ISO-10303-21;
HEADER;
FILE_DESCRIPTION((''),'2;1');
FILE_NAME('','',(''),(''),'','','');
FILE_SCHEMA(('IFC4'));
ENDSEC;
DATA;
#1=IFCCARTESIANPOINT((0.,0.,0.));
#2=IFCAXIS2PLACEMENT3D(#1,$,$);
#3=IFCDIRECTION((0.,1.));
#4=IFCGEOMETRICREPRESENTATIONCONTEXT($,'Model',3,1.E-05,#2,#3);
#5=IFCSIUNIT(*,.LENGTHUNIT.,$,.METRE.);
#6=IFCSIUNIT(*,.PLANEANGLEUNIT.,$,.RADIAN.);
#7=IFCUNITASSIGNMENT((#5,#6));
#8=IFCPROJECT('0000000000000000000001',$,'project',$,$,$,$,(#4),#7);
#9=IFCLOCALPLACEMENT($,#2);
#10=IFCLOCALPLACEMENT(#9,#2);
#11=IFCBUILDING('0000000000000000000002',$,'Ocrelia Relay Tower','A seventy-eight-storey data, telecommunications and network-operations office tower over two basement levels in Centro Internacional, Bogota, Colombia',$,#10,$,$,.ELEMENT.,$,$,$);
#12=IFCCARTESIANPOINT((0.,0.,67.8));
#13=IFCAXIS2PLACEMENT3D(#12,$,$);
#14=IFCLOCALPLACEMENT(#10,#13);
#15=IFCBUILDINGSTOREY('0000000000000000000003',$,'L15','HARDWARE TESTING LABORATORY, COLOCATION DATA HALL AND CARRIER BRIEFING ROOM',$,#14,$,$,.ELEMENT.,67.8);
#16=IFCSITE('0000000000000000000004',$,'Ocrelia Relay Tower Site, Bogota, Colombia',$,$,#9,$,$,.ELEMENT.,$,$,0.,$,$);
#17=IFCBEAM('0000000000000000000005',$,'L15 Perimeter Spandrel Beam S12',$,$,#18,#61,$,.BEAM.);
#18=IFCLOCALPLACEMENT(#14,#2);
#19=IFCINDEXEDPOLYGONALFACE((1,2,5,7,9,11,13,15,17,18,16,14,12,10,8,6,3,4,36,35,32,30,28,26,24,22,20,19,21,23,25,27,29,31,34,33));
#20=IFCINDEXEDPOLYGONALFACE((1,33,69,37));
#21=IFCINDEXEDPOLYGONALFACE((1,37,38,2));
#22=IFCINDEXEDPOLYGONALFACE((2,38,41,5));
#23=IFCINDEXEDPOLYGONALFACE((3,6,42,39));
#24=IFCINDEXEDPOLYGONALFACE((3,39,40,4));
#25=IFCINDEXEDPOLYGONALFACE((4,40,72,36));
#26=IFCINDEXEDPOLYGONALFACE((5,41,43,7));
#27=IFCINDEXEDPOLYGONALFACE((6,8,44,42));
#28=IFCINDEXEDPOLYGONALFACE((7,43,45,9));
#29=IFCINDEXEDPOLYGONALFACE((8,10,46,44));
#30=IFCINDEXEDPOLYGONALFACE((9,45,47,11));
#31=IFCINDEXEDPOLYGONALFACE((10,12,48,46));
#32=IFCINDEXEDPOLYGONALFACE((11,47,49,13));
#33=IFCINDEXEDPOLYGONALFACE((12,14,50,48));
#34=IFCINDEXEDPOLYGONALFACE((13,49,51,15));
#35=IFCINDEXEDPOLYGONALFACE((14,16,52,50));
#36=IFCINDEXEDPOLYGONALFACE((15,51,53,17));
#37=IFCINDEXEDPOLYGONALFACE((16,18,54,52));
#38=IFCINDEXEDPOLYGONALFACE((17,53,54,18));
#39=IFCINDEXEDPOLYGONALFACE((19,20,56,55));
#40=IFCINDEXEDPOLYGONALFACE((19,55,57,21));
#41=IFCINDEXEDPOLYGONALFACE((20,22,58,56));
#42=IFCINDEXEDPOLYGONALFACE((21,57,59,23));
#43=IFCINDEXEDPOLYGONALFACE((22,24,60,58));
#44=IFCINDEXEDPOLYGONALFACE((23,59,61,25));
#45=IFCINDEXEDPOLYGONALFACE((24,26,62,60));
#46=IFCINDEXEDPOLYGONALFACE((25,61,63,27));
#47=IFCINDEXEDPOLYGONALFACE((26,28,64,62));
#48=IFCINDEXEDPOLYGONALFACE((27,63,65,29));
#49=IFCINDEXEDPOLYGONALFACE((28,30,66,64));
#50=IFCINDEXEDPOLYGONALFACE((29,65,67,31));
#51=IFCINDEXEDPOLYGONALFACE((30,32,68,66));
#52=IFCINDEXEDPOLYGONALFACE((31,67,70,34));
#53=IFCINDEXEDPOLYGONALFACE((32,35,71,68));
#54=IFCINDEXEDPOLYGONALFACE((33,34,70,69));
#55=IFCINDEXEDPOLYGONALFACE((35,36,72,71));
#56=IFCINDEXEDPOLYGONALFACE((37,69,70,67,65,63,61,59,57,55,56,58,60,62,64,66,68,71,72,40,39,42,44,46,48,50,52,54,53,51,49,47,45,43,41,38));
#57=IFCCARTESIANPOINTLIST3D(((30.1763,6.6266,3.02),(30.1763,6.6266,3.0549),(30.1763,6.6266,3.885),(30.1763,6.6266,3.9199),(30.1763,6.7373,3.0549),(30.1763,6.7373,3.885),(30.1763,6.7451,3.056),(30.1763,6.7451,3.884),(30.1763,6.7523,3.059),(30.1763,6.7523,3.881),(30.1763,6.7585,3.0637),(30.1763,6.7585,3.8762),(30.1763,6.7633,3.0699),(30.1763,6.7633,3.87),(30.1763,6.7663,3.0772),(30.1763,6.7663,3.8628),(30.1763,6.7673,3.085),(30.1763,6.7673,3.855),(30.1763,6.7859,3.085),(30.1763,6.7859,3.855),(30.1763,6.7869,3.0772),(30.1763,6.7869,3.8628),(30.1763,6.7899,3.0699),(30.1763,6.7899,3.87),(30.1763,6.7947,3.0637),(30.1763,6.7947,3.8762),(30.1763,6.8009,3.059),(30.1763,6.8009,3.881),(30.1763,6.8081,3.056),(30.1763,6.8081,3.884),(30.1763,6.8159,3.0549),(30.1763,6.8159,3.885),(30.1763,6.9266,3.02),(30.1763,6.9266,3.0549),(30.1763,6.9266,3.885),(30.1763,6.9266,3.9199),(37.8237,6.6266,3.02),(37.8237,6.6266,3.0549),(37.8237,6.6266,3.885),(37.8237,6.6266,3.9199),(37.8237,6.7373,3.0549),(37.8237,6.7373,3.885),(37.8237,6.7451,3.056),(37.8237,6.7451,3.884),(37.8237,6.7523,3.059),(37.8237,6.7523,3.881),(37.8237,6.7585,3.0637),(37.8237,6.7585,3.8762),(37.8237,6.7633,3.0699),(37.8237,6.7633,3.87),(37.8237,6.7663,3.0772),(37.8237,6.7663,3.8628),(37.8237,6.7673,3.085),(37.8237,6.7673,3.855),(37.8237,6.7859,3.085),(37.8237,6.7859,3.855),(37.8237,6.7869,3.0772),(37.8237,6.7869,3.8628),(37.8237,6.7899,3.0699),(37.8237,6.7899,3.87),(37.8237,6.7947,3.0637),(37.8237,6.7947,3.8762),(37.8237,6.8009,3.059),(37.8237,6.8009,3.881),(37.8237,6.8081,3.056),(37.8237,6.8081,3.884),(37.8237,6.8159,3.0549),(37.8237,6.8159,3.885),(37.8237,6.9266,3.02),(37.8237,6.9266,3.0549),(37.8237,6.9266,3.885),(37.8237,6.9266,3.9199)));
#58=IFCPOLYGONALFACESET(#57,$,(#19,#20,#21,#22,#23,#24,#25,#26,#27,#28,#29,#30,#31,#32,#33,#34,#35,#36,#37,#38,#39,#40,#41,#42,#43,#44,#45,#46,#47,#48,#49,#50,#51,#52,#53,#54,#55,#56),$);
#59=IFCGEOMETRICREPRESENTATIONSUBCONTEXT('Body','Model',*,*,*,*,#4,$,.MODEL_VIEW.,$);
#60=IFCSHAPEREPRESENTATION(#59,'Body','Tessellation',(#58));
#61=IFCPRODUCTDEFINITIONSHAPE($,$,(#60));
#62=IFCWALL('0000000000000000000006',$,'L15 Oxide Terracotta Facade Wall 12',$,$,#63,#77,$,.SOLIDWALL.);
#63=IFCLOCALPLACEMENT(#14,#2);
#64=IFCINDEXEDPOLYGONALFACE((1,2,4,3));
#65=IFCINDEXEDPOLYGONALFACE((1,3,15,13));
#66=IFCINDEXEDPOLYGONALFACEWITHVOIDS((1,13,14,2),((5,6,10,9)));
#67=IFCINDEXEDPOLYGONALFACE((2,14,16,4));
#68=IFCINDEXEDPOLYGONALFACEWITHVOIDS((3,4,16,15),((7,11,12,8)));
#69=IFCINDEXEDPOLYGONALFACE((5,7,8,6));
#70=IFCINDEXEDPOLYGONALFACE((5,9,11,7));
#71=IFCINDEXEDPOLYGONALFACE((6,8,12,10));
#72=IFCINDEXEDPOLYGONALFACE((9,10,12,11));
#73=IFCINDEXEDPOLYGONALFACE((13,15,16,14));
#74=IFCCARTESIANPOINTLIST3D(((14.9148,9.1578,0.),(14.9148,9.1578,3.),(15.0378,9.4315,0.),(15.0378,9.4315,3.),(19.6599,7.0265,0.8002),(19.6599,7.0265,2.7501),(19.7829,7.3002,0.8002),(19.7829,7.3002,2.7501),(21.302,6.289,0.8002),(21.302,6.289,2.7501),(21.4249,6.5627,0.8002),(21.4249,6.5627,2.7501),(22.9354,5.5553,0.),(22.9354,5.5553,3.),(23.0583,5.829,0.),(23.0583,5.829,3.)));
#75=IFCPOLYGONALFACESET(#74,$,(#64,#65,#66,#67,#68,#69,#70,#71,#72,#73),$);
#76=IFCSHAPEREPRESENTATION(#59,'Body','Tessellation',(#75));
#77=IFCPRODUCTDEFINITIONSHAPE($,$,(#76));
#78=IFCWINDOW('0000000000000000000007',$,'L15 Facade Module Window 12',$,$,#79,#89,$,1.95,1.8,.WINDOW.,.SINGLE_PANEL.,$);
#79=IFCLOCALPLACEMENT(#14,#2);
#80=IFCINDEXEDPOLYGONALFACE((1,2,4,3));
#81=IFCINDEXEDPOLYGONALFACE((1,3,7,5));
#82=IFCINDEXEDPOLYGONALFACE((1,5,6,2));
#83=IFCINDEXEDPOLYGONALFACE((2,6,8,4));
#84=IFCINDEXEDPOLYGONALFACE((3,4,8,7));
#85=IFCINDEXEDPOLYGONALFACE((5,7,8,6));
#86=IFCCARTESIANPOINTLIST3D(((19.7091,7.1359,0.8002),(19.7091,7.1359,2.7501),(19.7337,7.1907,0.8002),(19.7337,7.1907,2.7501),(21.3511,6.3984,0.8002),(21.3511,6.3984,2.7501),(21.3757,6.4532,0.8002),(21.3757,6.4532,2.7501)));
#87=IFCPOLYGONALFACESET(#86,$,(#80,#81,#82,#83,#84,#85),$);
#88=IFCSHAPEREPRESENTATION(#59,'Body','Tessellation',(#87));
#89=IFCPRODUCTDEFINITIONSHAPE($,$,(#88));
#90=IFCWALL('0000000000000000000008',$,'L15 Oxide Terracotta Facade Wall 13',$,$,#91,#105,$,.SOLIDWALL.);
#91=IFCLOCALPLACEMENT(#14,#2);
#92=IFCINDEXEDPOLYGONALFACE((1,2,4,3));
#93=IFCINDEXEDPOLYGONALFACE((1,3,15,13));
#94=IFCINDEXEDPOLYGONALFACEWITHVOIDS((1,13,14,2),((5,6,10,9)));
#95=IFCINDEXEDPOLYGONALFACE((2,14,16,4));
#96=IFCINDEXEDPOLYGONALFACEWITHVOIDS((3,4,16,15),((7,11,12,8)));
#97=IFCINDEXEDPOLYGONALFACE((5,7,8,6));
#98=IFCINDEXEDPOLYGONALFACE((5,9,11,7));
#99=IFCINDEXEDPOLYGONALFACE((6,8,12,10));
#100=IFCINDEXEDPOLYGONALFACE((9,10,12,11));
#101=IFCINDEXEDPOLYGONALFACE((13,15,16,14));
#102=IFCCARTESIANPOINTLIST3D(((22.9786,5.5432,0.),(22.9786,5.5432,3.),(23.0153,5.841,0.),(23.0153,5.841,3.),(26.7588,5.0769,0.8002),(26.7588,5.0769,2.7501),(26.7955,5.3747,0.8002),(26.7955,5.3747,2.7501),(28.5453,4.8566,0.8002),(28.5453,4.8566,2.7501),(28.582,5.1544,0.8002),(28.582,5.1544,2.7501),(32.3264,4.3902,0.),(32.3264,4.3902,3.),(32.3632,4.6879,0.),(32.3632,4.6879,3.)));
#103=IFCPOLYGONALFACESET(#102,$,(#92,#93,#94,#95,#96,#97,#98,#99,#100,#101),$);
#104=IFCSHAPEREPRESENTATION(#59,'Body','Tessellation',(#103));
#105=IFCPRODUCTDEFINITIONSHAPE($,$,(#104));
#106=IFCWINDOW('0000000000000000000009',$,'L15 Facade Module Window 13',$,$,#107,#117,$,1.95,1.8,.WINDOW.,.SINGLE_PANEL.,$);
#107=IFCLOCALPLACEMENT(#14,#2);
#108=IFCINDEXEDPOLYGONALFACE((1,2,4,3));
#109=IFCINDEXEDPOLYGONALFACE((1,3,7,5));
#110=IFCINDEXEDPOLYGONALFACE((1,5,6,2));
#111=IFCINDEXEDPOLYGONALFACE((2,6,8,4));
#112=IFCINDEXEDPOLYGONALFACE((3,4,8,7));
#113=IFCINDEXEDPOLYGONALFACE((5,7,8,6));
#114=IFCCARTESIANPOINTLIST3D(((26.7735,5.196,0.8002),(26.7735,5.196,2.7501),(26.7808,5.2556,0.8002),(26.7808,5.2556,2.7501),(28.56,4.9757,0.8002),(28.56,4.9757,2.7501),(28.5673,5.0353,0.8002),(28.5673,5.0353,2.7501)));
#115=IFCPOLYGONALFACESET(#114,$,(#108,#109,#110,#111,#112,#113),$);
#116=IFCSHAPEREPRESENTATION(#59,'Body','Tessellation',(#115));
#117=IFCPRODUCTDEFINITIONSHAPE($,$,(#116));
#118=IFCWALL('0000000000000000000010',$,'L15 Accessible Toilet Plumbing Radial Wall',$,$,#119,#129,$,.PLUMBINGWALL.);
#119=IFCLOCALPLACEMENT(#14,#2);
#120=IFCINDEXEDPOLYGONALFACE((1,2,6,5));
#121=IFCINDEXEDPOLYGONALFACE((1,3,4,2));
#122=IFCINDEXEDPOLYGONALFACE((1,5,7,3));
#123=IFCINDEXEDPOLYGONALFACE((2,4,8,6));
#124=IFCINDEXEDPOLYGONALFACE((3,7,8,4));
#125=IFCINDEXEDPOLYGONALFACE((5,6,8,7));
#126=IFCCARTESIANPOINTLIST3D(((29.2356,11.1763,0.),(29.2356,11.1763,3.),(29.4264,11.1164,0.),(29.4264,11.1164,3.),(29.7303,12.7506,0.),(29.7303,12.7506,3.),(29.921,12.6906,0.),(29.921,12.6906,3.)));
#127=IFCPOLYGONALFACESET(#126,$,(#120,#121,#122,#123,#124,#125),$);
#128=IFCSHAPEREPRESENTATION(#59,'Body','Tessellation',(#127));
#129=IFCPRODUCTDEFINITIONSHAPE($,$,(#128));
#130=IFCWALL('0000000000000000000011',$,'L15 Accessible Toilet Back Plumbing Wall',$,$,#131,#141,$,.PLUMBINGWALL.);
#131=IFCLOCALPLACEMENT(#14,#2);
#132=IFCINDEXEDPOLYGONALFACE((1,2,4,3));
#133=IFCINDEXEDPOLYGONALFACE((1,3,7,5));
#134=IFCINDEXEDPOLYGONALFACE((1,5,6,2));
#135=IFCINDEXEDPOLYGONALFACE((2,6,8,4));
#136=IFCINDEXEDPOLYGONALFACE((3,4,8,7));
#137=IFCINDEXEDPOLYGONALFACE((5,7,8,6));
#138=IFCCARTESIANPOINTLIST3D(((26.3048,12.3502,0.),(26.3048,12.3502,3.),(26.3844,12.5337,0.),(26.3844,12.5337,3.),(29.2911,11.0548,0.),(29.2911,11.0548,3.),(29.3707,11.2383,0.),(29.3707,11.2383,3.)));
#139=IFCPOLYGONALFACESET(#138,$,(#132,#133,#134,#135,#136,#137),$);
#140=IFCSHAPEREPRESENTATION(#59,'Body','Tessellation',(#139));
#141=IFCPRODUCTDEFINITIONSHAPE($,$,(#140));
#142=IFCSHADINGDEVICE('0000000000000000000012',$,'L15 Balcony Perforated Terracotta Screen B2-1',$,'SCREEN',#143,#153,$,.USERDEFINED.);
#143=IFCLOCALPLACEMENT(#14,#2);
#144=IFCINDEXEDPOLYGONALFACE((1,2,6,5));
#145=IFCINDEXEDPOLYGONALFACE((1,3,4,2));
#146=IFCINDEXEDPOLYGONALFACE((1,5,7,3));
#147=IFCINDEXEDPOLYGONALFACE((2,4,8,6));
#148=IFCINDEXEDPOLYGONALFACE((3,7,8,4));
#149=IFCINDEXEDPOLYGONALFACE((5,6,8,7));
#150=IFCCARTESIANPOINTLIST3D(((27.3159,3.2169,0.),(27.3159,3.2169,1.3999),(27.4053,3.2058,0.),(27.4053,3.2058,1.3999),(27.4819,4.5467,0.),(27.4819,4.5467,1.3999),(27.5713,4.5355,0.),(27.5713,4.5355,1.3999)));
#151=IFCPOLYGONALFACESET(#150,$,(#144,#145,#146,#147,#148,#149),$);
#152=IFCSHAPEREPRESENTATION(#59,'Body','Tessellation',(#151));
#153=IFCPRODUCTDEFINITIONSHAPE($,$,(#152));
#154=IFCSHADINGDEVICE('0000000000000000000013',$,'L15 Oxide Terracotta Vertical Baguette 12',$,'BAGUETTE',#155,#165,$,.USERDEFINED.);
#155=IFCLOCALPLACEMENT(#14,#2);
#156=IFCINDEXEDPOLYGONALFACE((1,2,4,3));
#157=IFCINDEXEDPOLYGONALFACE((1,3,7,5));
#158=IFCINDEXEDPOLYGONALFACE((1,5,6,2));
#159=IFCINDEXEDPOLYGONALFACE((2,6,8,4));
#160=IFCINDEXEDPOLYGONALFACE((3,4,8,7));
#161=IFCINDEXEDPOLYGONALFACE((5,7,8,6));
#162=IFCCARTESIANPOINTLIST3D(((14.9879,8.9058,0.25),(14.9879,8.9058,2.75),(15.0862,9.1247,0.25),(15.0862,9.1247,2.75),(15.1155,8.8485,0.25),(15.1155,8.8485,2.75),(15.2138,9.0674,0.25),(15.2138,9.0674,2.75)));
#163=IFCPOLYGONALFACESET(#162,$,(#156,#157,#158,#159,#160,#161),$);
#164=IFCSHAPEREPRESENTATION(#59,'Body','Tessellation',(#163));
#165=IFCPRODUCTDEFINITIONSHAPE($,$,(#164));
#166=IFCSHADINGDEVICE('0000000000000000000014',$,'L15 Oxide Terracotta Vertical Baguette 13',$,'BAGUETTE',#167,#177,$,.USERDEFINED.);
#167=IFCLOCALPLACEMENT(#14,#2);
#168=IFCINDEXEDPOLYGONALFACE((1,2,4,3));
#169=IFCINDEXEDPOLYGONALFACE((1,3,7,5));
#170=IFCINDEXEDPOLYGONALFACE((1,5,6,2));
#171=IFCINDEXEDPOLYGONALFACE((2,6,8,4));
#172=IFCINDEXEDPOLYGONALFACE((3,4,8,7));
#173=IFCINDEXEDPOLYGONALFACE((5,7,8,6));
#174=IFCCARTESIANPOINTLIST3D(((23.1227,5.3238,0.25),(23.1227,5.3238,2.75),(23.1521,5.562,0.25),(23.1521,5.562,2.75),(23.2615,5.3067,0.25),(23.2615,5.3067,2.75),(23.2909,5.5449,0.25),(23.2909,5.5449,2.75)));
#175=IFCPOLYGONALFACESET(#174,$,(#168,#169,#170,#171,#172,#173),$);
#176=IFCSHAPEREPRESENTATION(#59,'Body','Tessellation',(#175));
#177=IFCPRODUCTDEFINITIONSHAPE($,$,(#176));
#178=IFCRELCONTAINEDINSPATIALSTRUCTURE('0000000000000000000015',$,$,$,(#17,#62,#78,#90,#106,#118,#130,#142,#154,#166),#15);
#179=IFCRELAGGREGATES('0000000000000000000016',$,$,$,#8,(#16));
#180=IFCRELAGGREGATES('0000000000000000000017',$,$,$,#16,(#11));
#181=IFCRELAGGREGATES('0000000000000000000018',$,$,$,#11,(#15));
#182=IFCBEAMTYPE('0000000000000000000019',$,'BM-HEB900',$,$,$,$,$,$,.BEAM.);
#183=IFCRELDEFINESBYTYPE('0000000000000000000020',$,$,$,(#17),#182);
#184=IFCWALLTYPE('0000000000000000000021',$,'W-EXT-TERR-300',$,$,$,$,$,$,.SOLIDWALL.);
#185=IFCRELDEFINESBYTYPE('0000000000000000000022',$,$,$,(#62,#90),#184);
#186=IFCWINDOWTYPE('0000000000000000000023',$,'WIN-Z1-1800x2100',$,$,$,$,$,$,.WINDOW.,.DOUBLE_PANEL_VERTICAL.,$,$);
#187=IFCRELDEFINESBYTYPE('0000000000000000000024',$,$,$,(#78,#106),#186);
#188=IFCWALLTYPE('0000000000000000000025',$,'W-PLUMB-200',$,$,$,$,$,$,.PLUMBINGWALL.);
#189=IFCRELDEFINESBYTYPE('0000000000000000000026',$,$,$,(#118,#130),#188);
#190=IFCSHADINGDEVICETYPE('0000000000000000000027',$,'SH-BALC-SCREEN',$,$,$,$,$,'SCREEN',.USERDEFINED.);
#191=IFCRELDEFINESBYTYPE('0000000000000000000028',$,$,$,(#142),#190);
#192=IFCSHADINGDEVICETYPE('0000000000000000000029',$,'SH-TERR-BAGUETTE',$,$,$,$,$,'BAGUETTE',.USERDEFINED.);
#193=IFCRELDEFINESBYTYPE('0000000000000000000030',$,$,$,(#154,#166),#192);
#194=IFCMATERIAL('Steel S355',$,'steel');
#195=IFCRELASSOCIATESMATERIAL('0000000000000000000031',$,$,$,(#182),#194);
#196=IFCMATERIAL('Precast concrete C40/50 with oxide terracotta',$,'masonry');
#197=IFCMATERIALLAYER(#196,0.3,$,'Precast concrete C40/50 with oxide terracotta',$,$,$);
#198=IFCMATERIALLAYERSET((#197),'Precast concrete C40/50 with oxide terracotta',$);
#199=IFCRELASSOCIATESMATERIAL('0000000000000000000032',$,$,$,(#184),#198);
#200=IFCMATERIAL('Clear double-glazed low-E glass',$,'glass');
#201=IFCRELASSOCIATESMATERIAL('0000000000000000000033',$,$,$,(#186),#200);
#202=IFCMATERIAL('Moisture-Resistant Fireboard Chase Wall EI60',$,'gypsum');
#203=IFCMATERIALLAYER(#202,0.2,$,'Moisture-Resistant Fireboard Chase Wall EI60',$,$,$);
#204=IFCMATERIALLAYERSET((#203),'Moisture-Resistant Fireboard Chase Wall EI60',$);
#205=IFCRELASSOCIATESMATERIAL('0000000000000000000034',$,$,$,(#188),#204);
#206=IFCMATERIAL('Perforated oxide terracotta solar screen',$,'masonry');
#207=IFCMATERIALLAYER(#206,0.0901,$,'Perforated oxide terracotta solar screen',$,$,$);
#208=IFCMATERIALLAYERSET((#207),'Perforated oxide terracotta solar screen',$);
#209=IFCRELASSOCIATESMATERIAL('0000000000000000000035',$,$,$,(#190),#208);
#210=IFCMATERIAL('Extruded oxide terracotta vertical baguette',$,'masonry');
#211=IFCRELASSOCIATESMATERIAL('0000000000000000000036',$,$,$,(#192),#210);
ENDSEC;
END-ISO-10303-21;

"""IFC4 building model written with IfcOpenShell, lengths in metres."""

from ifc_helpers import new_model, si_unit, direction, frame, frame_2d, origin, origin_2d, place, context, subcontext, project, spatial, rectangle, i_section, extrude, material, layer, layer_set, material_profile, profile_set, type_object, element, fill, save


model = new_model("IFC4")

# Units and contexts
model_context = context("Model", 3, precision=1e-05, world=origin(), true_north=direction((0.0, 1.0)))
body_context = subcontext(model_context, "Body", "Model", "MODEL_VIEW")
ifc_project = project(units=[si_unit("LENGTHUNIT", "METRE"), si_unit("PLANEANGLEUNIT", "RADIAN")], contexts=[model_context])

# Site, building, storey
site_placement = place(None, origin())
site = spatial("IfcSite", under=ifc_project, at=site_placement, Name="Ocrelia Relay Tower Site, Bogota, Colombia", CompositionType="ELEMENT", RefElevation=0.0)
building_placement = place(site_placement, origin())
building = spatial("IfcBuilding", under=site, at=building_placement, Name="Ocrelia Relay Tower", Description="A seventy-eight-storey data, telecommunications and network-operations office tower over two basement levels in Centro Internacional, Bogota, Colombia", CompositionType="ELEMENT")
storey_placement = place(building_placement, frame((0.0, 0.0, 67.8)))
storey = spatial("IfcBuildingStorey", under=building, at=storey_placement, Name="L15", Description="HARDWARE TESTING LABORATORY, COLOCATION DATA HALL AND CARRIER BRIEFING ROOM", CompositionType="ELEMENT", Elevation=67.8)

# Beam
ifc_material_1 = material(Name="Steel S355", Category="steel")
ifc_material_profile_1 = material_profile(ifc_material_1, i_section(OverallWidth=0.3, OverallDepth=0.8999, WebThickness=0.0186, FlangeThickness=0.0349, FilletRadius=0.03, at=origin_2d()), Name="HEB 900")
ifc_profile_set_1 = profile_set([ifc_material_profile_1], Name="Steel S355")
beam_type_1 = type_object("IfcBeamType", Name="BM-HEB900", PredefinedType="BEAM", material=ifc_profile_set_1)
for number, where, z_axis, x_axis, name in (
    (1, (30.1763, 6.7766, 3.47), (1.0, 0.0, 0.0), (0.0, 1.0, 0.0), "L15 Perimeter Spandrel Beam S12"),
):
    element("IfcBeam", number, at=place(storey_placement, frame(where, z_axis=z_axis, x_axis=x_axis)), inside=storey, type_object=beam_type_1, Name=name, PredefinedType="BEAM", context=body_context, shape_type="SweptSolid", body=[
        extrude(i_section(OverallWidth=0.3, OverallDepth=0.8999, WebThickness=0.0186, FlangeThickness=0.0349, FilletRadius=0.03, at=origin_2d()), origin(), (0.0, 0.0, 1.0), 7.6475),
    ])

# Walls, openings, windows
ifc_material_2 = material(Name="Precast concrete C40/50 with oxide terracotta", Category="masonry")
ifc_layer_1 = layer(ifc_material_2, 0.3, Name="Precast concrete C40/50 with oxide terracotta")
ifc_layer_set_1 = layer_set([ifc_layer_1], Name="Precast concrete C40/50 with oxide terracotta")
wall_type_1 = type_object("IfcWallType", Name="W-EXT-TERR-300", PredefinedType="SOLIDWALL", material=ifc_layer_set_1)
wall_1_placement = place(storey_placement, frame((14.9763, 9.2947, 0.0), z_axis=(0.0, 0.0, 1.0), x_axis=(0.912206, -0.409732, 0.0)))
wall_1 = element("IfcWall", 2, at=wall_1_placement, inside=storey, type_object=wall_type_1, Name="L15 Oxide Terracotta Facade Wall 12", PredefinedType="SOLIDWALL", context=body_context, shape_type="SweptSolid", body=[
    extrude(rectangle(XDim=8.7925, YDim=0.3, at=frame_2d((4.3962, 0.0))), origin(), (0.0, 0.0, 1.0), 3.0),
])
opening_1_placement = place(wall_1_placement, frame((5.2019, 0.0, 0.8)))
opening_1 = element("IfcOpeningElement", 3, at=opening_1_placement, cuts=wall_1, PredefinedType="OPENING", context=body_context, shape_type="SweptSolid", body=[
    extrude(rectangle(XDim=1.8, YDim=1.95, at=frame_2d((0.8999, 0.9751))), frame((0.0, 0.1602, 0.0), z_axis=(0.0, -1.0, 0.0), x_axis=(1.0, 0.0, 0.0)), (0.0, 0.0, 1.0), 0.3201),
])
ifc_material_3 = material(Name="Clear double-glazed low-E glass", Category="glass")
window_type = type_object("IfcWindowType", Name="WIN-Z1-1800x2100", PartitioningType="DOUBLE_PANEL_VERTICAL", PredefinedType="WINDOW", material=ifc_material_3)
window_1_placement = place(opening_1_placement, origin())
window_1 = element("IfcWindow", 4, at=window_1_placement, inside=storey, type_object=window_type, Name="L15 Facade Module Window 12", OverallHeight=1.95, OverallWidth=1.8, PartitioningType="SINGLE_PANEL", PredefinedType="WINDOW", context=body_context, shape_type="SweptSolid", body=[
    extrude(rectangle(XDim=1.8, YDim=1.95, at=frame_2d((0.8999, 0.9751))), frame((0.0, 0.03, 0.0), z_axis=(0.0, -1.0, 0.0), x_axis=(1.0, 0.0, 0.0)), (0.0, 0.0, 1.0), 0.0601),
])
fill(opening_1, window_1)
wall_2_placement = place(storey_placement, frame((22.9968, 5.6921, 0.0), z_axis=(0.0, 0.0, 1.0), x_axis=(0.992478, -0.122423, 0.0)))
wall_2 = element("IfcWall", 5, at=wall_2_placement, inside=storey, type_object=wall_type_1, Name="L15 Oxide Terracotta Facade Wall 13", PredefinedType="SOLIDWALL", context=body_context, shape_type="SweptSolid", body=[
    extrude(rectangle(XDim=9.4187, YDim=0.3, at=frame_2d((4.7095, 0.0))), origin(), (0.0, 0.0, 1.0), 3.0),
])
opening_2_placement = place(wall_2_placement, frame((3.8091, 0.0, 0.8)))
opening_2 = element("IfcOpeningElement", 6, at=opening_2_placement, cuts=wall_2, PredefinedType="OPENING", context=body_context, shape_type="SweptSolid", body=[
    extrude(rectangle(XDim=1.8, YDim=1.95, at=frame_2d((0.8999, 0.9751))), frame((0.0, 0.1602, 0.0), z_axis=(0.0, -1.0, 0.0), x_axis=(1.0, 0.0, 0.0)), (0.0, 0.0, 1.0), 0.3201),
])
window_2_placement = place(opening_2_placement, origin())
window_2 = element("IfcWindow", 7, at=window_2_placement, inside=storey, type_object=window_type, Name="L15 Facade Module Window 13", OverallHeight=1.95, OverallWidth=1.8, PartitioningType="SINGLE_PANEL", PredefinedType="WINDOW", context=body_context, shape_type="SweptSolid", body=[
    extrude(rectangle(XDim=1.8, YDim=1.95, at=frame_2d((0.8999, 0.9751))), frame((0.0, 0.03, 0.0), z_axis=(0.0, -1.0, 0.0), x_axis=(1.0, 0.0, 0.0)), (0.0, 0.0, 1.0), 0.0601),
])
fill(opening_2, window_2)

# Walls
ifc_material_4 = material(Name="Moisture-Resistant Fireboard Chase Wall EI60", Category="gypsum")
ifc_layer_2 = layer(ifc_material_4, 0.2, Name="Moisture-Resistant Fireboard Chase Wall EI60")
ifc_layer_set_2 = layer_set([ifc_layer_2], Name="Moisture-Resistant Fireboard Chase Wall EI60")
wall_type_2 = type_object("IfcWallType", Name="W-PLUMB-200", PredefinedType="PLUMBINGWALL", material=ifc_layer_set_2)
wall_3_placement = place(storey_placement, frame((29.8257, 12.7207, 0.0), z_axis=(0.0, 0.0, 1.0), x_axis=(-0.299757, -0.954015, 0.0)))
element("IfcWall", 8, at=wall_3_placement, inside=storey, type_object=wall_type_2, Name="L15 Accessible Toilet Plumbing Radial Wall", PredefinedType="PLUMBINGWALL", context=body_context, shape_type="SweptSolid", body=[
    extrude(rectangle(XDim=1.6501, YDim=0.2, at=frame_2d((0.8252, 0.0))), origin(), (0.0, 0.0, 1.0), 3.0),
])
wall_4_placement = place(storey_placement, frame((26.3447, 12.4419, 0.0), z_axis=(0.0, 0.0, 1.0), x_axis=(0.917406, -0.397953, 0.0)))
element("IfcWall", 9, at=wall_4_placement, inside=storey, type_object=wall_type_2, Name="L15 Accessible Toilet Back Plumbing Wall", PredefinedType="PLUMBINGWALL", context=body_context, shape_type="SweptSolid", body=[
    extrude(rectangle(XDim=3.2551, YDim=0.2, at=frame_2d((1.6274, 0.0))), origin(), (0.0, 0.0, 1.0), 3.0),
])

# Shading devices
ifc_material_5 = material(Name="Perforated oxide terracotta solar screen", Category="masonry")
ifc_layer_3 = layer(ifc_material_5, 0.0901, Name="Perforated oxide terracotta solar screen")
ifc_layer_set_3 = layer_set([ifc_layer_3], Name="Perforated oxide terracotta solar screen")
shading_device_type_1 = type_object("IfcShadingDeviceType", Name="SH-BALC-SCREEN", ElementType="SCREEN", PredefinedType="USERDEFINED", material=ifc_layer_set_3)
shading_device_1_placement = place(storey_placement, frame((27.4436, 3.8762, 0.0), z_axis=(0.0, 0.0, 1.0), x_axis=(-0.123858, -0.9923, 0.0)))
element("IfcShadingDevice", 10, at=shading_device_1_placement, inside=storey, type_object=shading_device_type_1, Name="L15 Balcony Perforated Terracotta Screen B2-1", ObjectType="SCREEN", PredefinedType="USERDEFINED", context=body_context, shape_type="SweptSolid", body=[
    extrude(rectangle(XDim=1.3401, YDim=0.0901, at=origin_2d()), origin(), (0.0, 0.0, 1.0), 1.3999),
])
ifc_material_6 = material(Name="Extruded oxide terracotta vertical baguette", Category="masonry")
shading_device_type_2 = type_object("IfcShadingDeviceType", Name="SH-TERR-BAGUETTE", ElementType="BAGUETTE", PredefinedType="USERDEFINED", material=ifc_material_6)
for number, where, z_axis, x_axis, name in (
    (11, (15.1008, 8.9866, 0.25), (0.0, 0.0, 1.0), (0.912211, -0.40972, 0.0), "L15 Oxide Terracotta Vertical Baguette 12"),
    (12, (23.2068, 5.4343, 0.25), (0.0, 0.0, 1.0), (0.992478, -0.122426, 0.0), "L15 Oxide Terracotta Vertical Baguette 13"),
):
    element("IfcShadingDevice", number, at=place(storey_placement, frame(where, z_axis=z_axis, x_axis=x_axis)), inside=storey, type_object=shading_device_type_2, Name=name, ObjectType="BAGUETTE", PredefinedType="USERDEFINED", context=body_context, shape_type="SweptSolid", body=[
        extrude(rectangle(XDim=0.1399, YDim=0.24, at=origin_2d()), origin(), (0.0, 0.0, 1.0), 2.5),
    ])

save(model, "model.ifc")
